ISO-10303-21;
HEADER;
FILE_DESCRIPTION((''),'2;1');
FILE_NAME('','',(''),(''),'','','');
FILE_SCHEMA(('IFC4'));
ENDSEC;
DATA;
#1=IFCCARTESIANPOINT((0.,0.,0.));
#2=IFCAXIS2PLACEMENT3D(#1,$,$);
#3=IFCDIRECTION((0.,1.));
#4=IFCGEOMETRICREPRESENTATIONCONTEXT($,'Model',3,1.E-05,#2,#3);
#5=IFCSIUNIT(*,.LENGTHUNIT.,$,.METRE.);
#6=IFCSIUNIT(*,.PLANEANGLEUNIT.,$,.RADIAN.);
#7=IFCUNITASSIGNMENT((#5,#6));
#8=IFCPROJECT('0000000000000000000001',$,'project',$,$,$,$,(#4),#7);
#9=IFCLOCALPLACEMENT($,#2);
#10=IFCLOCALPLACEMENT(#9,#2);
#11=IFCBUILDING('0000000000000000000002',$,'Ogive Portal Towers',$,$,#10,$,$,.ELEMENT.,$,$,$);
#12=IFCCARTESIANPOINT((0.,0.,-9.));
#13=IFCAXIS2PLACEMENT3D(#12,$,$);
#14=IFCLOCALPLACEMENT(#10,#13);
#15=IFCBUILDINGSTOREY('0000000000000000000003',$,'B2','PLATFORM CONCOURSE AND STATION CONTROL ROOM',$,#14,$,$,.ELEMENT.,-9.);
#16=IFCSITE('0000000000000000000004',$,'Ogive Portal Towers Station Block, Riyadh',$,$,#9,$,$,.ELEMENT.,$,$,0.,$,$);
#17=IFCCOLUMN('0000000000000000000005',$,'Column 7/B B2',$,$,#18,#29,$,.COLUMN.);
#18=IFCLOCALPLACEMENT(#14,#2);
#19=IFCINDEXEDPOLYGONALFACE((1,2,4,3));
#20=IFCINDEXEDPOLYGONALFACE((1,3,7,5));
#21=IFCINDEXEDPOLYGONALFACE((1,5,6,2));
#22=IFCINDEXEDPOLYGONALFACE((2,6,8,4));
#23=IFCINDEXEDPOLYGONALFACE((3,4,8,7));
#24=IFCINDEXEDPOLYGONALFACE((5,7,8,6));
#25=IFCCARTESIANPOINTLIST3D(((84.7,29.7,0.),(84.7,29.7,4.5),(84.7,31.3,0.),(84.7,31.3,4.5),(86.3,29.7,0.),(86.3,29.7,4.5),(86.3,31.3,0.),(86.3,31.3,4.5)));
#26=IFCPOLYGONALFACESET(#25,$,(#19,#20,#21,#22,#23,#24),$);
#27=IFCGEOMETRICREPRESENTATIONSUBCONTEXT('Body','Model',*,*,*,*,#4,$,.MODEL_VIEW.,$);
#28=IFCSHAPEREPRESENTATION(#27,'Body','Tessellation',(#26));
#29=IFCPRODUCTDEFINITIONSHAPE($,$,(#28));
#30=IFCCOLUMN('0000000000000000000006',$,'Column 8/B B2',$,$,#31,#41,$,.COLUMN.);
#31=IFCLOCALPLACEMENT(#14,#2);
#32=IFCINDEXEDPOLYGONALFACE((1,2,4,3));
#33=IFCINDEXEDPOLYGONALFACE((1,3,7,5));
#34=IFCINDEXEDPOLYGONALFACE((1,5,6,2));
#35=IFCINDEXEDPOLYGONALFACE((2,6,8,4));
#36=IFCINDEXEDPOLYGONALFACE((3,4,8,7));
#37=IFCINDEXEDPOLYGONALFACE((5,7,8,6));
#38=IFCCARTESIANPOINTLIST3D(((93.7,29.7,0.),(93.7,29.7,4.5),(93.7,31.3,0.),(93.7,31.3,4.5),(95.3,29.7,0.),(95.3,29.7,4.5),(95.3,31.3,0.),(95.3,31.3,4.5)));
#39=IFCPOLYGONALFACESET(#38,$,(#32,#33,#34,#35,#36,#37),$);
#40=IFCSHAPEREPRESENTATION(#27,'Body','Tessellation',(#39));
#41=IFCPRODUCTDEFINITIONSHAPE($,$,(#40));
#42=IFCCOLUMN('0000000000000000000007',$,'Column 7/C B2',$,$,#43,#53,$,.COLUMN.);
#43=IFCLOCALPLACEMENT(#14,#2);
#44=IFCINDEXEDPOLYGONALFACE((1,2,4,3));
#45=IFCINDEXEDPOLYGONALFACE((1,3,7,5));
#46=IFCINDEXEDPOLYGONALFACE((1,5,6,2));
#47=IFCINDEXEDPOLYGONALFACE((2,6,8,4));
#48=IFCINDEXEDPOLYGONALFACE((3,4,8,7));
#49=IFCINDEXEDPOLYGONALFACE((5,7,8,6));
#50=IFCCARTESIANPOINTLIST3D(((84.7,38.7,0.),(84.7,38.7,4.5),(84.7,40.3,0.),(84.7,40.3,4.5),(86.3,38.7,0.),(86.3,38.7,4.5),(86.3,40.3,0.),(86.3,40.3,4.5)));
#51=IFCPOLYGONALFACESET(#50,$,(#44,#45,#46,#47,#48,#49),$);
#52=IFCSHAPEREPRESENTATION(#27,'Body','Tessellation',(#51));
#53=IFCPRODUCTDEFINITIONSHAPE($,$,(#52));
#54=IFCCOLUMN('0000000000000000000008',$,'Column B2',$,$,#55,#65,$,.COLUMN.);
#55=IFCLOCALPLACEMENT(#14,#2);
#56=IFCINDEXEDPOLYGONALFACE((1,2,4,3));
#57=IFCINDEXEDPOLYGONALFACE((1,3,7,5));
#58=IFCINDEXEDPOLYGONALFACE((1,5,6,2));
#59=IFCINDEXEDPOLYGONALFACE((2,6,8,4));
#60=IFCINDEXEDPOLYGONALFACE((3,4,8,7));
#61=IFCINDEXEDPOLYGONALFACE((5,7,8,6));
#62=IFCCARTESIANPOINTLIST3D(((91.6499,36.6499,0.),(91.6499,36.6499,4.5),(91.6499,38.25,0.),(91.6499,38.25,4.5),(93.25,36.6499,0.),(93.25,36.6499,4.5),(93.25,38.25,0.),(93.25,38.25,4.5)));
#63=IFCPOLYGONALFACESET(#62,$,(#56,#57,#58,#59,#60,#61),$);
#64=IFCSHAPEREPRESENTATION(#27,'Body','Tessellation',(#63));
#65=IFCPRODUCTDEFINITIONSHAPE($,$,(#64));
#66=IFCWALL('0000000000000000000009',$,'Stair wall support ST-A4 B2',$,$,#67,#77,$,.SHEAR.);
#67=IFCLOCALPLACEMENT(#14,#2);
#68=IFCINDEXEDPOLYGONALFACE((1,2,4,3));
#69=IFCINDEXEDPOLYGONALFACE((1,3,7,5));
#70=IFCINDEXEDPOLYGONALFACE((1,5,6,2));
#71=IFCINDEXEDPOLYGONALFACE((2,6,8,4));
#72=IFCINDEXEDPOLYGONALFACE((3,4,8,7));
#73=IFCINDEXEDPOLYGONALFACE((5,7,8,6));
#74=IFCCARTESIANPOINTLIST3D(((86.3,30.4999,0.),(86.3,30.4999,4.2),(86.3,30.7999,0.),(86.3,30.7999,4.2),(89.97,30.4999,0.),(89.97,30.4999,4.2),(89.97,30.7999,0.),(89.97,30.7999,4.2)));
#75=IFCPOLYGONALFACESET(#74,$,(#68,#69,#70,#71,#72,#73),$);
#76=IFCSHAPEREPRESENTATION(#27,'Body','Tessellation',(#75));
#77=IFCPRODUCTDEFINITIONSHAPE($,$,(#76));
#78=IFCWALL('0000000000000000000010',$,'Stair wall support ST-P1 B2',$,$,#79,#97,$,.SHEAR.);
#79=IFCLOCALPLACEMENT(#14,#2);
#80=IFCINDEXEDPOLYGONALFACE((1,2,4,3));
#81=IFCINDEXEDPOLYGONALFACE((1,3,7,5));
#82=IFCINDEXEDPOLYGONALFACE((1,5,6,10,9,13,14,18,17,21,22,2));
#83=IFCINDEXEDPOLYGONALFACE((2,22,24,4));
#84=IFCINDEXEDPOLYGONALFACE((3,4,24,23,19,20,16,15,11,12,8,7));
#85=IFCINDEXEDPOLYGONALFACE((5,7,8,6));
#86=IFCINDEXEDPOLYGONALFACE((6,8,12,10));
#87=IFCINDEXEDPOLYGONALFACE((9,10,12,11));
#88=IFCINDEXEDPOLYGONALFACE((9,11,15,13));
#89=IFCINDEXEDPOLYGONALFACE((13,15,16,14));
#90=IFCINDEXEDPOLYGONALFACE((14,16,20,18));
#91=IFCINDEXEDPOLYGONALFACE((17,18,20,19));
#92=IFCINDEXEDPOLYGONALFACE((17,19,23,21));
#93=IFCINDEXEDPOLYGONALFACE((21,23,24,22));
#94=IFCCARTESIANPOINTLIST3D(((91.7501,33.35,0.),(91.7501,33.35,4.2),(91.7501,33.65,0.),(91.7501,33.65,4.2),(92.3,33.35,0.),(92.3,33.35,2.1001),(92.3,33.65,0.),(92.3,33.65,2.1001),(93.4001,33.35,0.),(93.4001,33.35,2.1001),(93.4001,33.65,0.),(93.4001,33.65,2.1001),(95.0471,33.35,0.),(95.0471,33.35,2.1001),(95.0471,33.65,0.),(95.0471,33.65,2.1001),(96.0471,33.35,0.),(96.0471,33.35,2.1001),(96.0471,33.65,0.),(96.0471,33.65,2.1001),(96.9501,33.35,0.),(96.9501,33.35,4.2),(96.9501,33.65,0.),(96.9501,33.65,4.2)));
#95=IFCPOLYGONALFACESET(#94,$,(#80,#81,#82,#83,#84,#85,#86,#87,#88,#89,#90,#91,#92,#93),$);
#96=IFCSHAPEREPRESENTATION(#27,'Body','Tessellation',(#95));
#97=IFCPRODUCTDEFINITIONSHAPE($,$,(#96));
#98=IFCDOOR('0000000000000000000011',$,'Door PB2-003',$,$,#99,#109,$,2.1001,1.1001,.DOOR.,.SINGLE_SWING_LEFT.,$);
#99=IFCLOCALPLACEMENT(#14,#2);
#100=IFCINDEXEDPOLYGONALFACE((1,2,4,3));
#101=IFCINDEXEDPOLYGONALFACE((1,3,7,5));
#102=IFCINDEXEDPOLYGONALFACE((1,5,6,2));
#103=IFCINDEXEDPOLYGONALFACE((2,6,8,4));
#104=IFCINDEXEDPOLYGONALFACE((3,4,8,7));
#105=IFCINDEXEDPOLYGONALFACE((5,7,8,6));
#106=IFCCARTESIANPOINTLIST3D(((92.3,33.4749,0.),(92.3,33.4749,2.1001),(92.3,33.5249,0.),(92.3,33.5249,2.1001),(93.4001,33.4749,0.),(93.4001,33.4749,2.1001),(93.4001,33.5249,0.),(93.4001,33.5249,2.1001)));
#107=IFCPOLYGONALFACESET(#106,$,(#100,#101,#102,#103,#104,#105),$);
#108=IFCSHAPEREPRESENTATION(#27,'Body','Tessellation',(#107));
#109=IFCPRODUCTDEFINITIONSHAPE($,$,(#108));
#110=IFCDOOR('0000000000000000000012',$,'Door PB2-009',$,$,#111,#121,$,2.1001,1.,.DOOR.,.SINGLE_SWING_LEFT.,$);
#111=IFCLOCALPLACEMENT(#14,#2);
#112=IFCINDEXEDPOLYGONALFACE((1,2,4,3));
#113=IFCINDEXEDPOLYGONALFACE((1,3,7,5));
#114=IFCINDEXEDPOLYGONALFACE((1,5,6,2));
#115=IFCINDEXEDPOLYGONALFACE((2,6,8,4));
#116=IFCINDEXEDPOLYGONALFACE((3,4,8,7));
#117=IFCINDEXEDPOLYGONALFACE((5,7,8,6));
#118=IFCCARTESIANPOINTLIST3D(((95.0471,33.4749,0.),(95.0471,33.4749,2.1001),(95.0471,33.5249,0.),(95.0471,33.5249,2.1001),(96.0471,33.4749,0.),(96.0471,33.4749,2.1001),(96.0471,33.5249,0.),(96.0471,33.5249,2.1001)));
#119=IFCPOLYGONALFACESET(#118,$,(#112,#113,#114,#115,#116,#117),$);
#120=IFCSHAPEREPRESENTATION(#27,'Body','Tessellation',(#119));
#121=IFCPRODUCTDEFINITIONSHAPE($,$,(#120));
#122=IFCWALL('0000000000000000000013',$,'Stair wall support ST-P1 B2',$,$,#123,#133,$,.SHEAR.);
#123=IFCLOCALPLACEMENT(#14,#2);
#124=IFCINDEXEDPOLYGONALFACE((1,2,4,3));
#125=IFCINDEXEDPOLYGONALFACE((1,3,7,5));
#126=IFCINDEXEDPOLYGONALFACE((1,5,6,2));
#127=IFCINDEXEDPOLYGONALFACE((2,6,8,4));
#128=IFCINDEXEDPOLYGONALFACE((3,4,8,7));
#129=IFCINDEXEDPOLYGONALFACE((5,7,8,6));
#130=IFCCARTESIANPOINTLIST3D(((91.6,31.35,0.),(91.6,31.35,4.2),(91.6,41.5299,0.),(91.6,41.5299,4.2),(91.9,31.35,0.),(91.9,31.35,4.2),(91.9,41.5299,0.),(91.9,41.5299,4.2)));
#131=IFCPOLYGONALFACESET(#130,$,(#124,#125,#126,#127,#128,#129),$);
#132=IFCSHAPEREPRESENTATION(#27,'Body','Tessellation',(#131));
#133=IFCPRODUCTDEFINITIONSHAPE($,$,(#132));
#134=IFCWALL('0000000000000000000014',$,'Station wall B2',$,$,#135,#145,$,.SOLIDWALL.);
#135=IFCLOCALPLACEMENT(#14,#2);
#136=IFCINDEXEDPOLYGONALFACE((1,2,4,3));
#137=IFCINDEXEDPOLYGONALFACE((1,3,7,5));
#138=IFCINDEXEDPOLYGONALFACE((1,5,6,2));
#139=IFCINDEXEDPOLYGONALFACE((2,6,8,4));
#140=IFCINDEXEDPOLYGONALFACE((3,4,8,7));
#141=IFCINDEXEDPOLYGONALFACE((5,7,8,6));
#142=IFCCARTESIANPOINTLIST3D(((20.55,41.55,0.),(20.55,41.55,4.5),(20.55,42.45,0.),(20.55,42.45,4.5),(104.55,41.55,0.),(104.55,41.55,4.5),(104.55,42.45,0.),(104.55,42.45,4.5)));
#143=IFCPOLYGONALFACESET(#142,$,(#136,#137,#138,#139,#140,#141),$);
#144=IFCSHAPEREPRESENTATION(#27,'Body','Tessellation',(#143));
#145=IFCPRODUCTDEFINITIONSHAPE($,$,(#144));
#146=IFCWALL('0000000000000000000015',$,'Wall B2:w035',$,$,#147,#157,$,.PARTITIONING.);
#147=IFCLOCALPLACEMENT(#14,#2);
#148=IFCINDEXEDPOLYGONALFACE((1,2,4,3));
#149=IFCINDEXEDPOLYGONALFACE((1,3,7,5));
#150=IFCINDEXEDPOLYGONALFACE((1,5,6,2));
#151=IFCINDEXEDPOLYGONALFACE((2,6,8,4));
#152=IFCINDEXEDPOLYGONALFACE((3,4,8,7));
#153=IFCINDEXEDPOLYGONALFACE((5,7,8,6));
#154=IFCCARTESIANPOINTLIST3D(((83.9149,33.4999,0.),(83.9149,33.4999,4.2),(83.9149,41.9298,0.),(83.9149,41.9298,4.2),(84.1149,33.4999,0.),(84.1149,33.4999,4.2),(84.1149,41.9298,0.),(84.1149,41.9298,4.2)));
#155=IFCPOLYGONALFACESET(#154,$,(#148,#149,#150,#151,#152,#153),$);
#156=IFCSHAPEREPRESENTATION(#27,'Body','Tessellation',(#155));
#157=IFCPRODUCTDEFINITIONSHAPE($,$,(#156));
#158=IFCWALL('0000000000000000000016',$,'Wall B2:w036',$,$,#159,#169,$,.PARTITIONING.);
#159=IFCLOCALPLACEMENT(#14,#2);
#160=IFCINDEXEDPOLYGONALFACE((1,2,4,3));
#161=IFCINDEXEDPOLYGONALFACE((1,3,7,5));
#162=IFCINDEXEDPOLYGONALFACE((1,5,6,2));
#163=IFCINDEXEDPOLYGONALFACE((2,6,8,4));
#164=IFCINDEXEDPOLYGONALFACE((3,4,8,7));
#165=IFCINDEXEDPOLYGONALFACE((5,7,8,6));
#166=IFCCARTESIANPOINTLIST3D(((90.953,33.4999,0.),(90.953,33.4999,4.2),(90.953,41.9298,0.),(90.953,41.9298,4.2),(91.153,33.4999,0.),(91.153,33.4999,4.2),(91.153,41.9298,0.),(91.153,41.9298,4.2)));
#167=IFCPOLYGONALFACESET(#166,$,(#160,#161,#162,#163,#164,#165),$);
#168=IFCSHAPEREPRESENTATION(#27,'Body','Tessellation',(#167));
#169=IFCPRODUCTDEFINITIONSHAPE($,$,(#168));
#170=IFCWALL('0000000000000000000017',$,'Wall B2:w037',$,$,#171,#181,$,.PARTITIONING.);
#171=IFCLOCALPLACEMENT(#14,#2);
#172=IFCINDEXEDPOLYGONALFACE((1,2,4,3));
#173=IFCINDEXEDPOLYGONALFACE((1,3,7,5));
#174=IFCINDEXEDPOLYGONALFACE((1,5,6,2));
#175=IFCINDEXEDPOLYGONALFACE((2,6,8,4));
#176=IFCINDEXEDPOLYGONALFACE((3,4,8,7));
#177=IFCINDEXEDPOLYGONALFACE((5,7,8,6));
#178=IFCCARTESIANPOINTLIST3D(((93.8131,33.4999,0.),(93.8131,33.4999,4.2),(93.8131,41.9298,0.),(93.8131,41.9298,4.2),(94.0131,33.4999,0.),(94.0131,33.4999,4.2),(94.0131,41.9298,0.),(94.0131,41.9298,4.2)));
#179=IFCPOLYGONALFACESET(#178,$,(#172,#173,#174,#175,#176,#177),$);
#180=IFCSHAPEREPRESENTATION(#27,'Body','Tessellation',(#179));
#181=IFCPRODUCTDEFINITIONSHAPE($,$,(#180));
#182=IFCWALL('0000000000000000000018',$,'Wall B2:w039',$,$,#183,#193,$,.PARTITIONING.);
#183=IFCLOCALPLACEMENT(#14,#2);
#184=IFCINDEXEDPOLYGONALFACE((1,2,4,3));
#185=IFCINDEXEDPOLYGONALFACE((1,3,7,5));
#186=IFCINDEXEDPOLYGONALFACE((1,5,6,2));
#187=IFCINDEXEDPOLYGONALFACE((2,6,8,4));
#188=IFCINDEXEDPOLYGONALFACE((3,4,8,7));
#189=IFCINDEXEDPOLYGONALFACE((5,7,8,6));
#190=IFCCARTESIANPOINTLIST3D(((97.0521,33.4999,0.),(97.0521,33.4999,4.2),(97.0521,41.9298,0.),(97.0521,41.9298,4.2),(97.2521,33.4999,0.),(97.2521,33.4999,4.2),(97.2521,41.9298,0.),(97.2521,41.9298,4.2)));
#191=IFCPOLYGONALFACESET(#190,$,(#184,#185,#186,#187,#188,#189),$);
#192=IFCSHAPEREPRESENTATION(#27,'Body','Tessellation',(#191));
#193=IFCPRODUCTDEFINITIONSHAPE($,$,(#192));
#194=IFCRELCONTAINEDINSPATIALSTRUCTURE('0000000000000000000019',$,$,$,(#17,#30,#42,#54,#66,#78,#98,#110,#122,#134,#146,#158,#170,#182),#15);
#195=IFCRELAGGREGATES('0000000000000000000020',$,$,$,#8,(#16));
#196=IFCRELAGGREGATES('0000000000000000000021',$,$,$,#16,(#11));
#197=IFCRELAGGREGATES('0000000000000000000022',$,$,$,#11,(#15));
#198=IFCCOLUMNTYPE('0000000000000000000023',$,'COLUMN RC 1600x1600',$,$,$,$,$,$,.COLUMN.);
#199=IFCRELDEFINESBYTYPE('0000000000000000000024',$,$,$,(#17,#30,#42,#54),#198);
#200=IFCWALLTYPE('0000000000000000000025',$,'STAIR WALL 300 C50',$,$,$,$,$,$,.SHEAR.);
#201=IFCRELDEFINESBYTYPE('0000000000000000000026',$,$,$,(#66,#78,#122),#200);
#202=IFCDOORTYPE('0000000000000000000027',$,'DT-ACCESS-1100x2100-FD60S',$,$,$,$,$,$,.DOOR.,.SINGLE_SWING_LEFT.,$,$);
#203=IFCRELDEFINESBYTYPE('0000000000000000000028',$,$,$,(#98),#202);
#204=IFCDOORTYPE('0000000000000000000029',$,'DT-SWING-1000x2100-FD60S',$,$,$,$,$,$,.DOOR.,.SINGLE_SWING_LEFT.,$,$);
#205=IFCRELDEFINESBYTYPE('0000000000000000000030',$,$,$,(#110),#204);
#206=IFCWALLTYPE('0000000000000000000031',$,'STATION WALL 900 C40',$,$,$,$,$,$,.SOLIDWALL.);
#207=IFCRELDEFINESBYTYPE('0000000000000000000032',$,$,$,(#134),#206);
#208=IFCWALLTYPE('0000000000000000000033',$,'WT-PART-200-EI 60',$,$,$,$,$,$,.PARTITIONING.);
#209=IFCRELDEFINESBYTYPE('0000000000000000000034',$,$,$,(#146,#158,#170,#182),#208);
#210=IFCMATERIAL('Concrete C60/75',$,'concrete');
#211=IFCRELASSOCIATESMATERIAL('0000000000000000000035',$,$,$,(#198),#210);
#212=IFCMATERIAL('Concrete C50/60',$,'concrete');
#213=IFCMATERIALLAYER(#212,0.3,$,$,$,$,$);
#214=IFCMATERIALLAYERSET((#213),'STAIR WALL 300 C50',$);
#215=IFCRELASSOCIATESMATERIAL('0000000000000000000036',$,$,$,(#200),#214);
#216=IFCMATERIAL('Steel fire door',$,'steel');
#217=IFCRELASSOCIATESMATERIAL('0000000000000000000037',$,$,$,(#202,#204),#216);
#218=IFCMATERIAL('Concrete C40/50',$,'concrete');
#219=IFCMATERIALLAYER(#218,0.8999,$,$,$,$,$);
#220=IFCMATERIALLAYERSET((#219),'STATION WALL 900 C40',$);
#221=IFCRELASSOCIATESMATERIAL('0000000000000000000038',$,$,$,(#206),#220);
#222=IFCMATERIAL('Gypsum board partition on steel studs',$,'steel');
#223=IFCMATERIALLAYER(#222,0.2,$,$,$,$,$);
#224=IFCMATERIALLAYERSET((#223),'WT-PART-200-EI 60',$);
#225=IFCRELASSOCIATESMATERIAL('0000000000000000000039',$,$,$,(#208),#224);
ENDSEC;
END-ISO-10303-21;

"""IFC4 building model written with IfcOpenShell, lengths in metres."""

from ifc_helpers import new_model, si_unit, direction, frame, frame_2d, origin, origin_2d, place, context, subcontext, project, spatial, rectangle, extrude, material, layer, layer_set, material_profile, profile_set, type_object, element, fill, save


model = new_model("IFC4")

# Units and contexts
model_context = context("Model", 3, precision=1e-05, world=origin(), true_north=direction((0.0, 1.0)))
body_context = subcontext(model_context, "Body", "Model", "MODEL_VIEW")
ifc_project = project(units=[si_unit("LENGTHUNIT", "METRE"), si_unit("PLANEANGLEUNIT", "RADIAN")], contexts=[model_context])

# Site, building, storey
site_placement = place(None, origin())
site = spatial("IfcSite", under=ifc_project, at=site_placement, Name="Ogive Portal Towers Station Block, Riyadh", CompositionType="ELEMENT", RefElevation=0.0)
building_placement = place(site_placement, origin())
building = spatial("IfcBuilding", under=site, at=building_placement, Name="Ogive Portal Towers", CompositionType="ELEMENT")
storey_placement = place(building_placement, frame((0.0, 0.0, -9.0)))
storey = spatial("IfcBuildingStorey", under=building, at=storey_placement, Name="B2", Description="PLATFORM CONCOURSE AND STATION CONTROL ROOM", CompositionType="ELEMENT", Elevation=-9.0)

# Shared definitions
ifc_material_1 = material(Name="Concrete C40/50", Category="concrete")

# Columns
ifc_material_2 = material(Name="Concrete C50/60", Category="concrete")
ifc_material_3 = material(Name="Concrete C60/75", Category="concrete")
ifc_material_profile_1 = material_profile(ifc_material_3, rectangle(XDim=1.6001, YDim=1.6001, at=origin_2d()), Name="RC 1600x1600")
ifc_profile_set_1 = profile_set([ifc_material_profile_1], Name="Concrete C60/75")
column_type_1 = type_object("IfcColumnType", Name="COLUMN RC 1600x1600", PredefinedType="COLUMN", material=ifc_profile_set_1)
for number, where, z_axis, x_axis, name in (
    (1, (85.5, 30.5, 0.0), (0.0, 0.0, 1.0), (1.0, 0.0, 0.0), "Column 7/B B2"),
    (2, (94.5, 30.5, 0.0), (0.0, 0.0, 1.0), (1.0, 0.0, 0.0), "Column 8/B B2"),
    (3, (85.5, 39.5, 0.0), (0.0, 0.0, 1.0), (1.0, 0.0, 0.0), "Column 7/C B2"),
    (4, (92.45, 37.45, 0.0), (0.0, 0.0, 1.0), (1.0, 0.0, 0.0), "Column B2"),
):
    element("IfcColumn", number, at=place(storey_placement, frame(where, z_axis=z_axis, x_axis=x_axis)), inside=storey, type_object=column_type_1, Name=name, PredefinedType="COLUMN", context=body_context, shape_type="SweptSolid", body=[
        extrude(rectangle(XDim=1.6001, YDim=1.6001, at=origin_2d()), origin(), (0.0, 0.0, 1.0), 4.5),
    ])

# Wall
ifc_layer_1 = layer(ifc_material_2, 0.3)
ifc_layer_set_1 = layer_set([ifc_layer_1], Name="STAIR WALL 300 C50")
wall_type_1 = type_object("IfcWallType", Name="STAIR WALL 300 C50", PredefinedType="SHEAR", material=ifc_layer_set_1)
wall_1_placement = place(storey_placement, frame((86.3, 30.6499, 0.0), z_axis=(0.0, 0.0, 1.0), x_axis=(1.0, 0.0, 0.0)))
element("IfcWall", 5, at=wall_1_placement, inside=storey, type_object=wall_type_1, Name="Stair wall support ST-A4 B2", PredefinedType="SHEAR", context=body_context, shape_type="SweptSolid", body=[
    extrude(rectangle(XDim=3.6699, YDim=0.3, at=frame_2d((1.835, 0.0))), origin(), (0.0, 0.0, 1.0), 4.2),
])

# Wall, openings, doors
wall_2_placement = place(storey_placement, frame((91.75, 33.5, 0.0), z_axis=(0.0, 0.0, 1.0), x_axis=(1.0, 0.0, 0.0)))
wall_2 = element("IfcWall", 6, at=wall_2_placement, inside=storey, type_object=wall_type_1, Name="Stair wall support ST-P1 B2", PredefinedType="SHEAR", context=body_context, shape_type="SweptSolid", body=[
    extrude(rectangle(XDim=5.2, YDim=0.3, at=frame_2d((2.6001, 0.0))), origin(), (0.0, 0.0, 1.0), 4.2),
])
opening_1_placement = place(wall_2_placement, frame((0.55, 0.0, 0.0)))
opening_1 = element("IfcOpeningElement", 7, at=opening_1_placement, cuts=wall_2, PredefinedType="OPENING", context=body_context, shape_type="SweptSolid", body=[
    extrude(rectangle(XDim=1.1001, YDim=2.1001, at=frame_2d((0.55, 1.05))), frame((0.0, 0.1602, 0.0), z_axis=(0.0, -1.0, 0.0), x_axis=(1.0, 0.0, 0.0)), (0.0, 0.0, 1.0), 0.3201),
])
opening_2_placement = place(wall_2_placement, frame((3.2971, 0.0, 0.0)))
opening_2 = element("IfcOpeningElement", 8, at=opening_2_placement, cuts=wall_2, PredefinedType="OPENING", context=body_context, shape_type="SweptSolid", body=[
    extrude(rectangle(XDim=1.0, YDim=2.1001, at=frame_2d((0.5, 1.05))), frame((0.0, 0.1602, 0.0), z_axis=(0.0, -1.0, 0.0), x_axis=(1.0, 0.0, 0.0)), (0.0, 0.0, 1.0), 0.3201),
])
ifc_material_4 = material(Name="Steel fire door", Category="steel")
door_type_1 = type_object("IfcDoorType", Name="DT-ACCESS-1100x2100-FD60S", OperationType="SINGLE_SWING_LEFT", PredefinedType="DOOR", material=ifc_material_4)
door_1_placement = place(opening_1_placement, origin())
door_1 = element("IfcDoor", 9, at=door_1_placement, inside=storey, type_object=door_type_1, Name="Door PB2-003", OperationType="SINGLE_SWING_LEFT", OverallHeight=2.1001, OverallWidth=1.1001, PredefinedType="DOOR", context=body_context, shape_type="SweptSolid", body=[
    extrude(rectangle(XDim=1.1001, YDim=2.1001, at=frame_2d((0.55, 1.05))), frame((0.0, 0.0249, 0.0), z_axis=(0.0, -1.0, 0.0), x_axis=(1.0, 0.0, 0.0)), (0.0, 0.0, 1.0), 0.05),
])
fill(opening_1, door_1)
door_type_2 = type_object("IfcDoorType", Name="DT-SWING-1000x2100-FD60S", OperationType="SINGLE_SWING_LEFT", PredefinedType="DOOR", material=ifc_material_4)
door_2_placement = place(opening_2_placement, origin())
door_2 = element("IfcDoor", 10, at=door_2_placement, inside=storey, type_object=door_type_2, Name="Door PB2-009", OperationType="SINGLE_SWING_LEFT", OverallHeight=2.1001, OverallWidth=1.0, PredefinedType="DOOR", context=body_context, shape_type="SweptSolid", body=[
    extrude(rectangle(XDim=1.0, YDim=2.1001, at=frame_2d((0.5, 1.05))), frame((0.0, 0.0249, 0.0), z_axis=(0.0, -1.0, 0.0), x_axis=(1.0, 0.0, 0.0)), (0.0, 0.0, 1.0), 0.05),
])
fill(opening_2, door_2)

# Walls
wall_3_placement = place(storey_placement, frame((91.75, 31.3501, 0.0), z_axis=(0.0, 0.0, 1.0), x_axis=(0.0, 1.0, 0.0)))
element("IfcWall", 11, at=wall_3_placement, inside=storey, type_object=wall_type_1, Name="Stair wall support ST-P1 B2", PredefinedType="SHEAR", context=body_context, shape_type="SweptSolid", body=[
    extrude(rectangle(XDim=10.1799, YDim=0.3, at=frame_2d((5.0898, 0.0))), origin(), (0.0, 0.0, 1.0), 4.2),
])
ifc_layer_2 = layer(ifc_material_1, 0.8999)
ifc_layer_set_2 = layer_set([ifc_layer_2], Name="STATION WALL 900 C40")
wall_type_2 = type_object("IfcWallType", Name="STATION WALL 900 C40", PredefinedType="SOLIDWALL", material=ifc_layer_set_2)
wall_4_placement = place(storey_placement, frame((104.55, 42.0, 0.0), z_axis=(0.0, 0.0, 1.0), x_axis=(-1.0, 0.0, 0.0)))
element("IfcWall", 12, at=wall_4_placement, inside=storey, type_object=wall_type_2, Name="Station wall B2", PredefinedType="SOLIDWALL", context=body_context, shape_type="SweptSolid", body=[
    extrude(rectangle(XDim=84.0, YDim=0.8999, at=frame_2d((42.0, 0.0))), origin(), (0.0, 0.0, 1.0), 4.5),
])
ifc_material_5 = material(Name="Gypsum board partition on steel studs", Category="steel")
ifc_layer_3 = layer(ifc_material_5, 0.2)
ifc_layer_set_3 = layer_set([ifc_layer_3], Name="WT-PART-200-EI 60")
wall_type_3 = type_object("IfcWallType", Name="WT-PART-200-EI 60", PredefinedType="PARTITIONING", material=ifc_layer_set_3)
for number, where, z_axis, x_axis, name in (
    (13, (84.0149, 33.5, 0.0), (0.0, 0.0, 1.0), (0.0, 1.0, 0.0), "Wall B2:w035"),
    (14, (91.053, 33.5, 0.0), (0.0, 0.0, 1.0), (0.0, 1.0, 0.0), "Wall B2:w036"),
    (15, (93.9131, 33.5, 0.0), (0.0, 0.0, 1.0), (0.0, 1.0, 0.0), "Wall B2:w037"),
    (16, (97.1521, 33.5, 0.0), (0.0, 0.0, 1.0), (0.0, 1.0, 0.0), "Wall B2:w039"),
):
    element("IfcWall", number, at=place(storey_placement, frame(where, z_axis=z_axis, x_axis=x_axis)), inside=storey, type_object=wall_type_3, Name=name, PredefinedType="PARTITIONING", context=body_context, shape_type="SweptSolid", body=[
        extrude(rectangle(XDim=8.4299, YDim=0.2, at=frame_2d((4.2148, 0.0))), origin(), (0.0, 0.0, 1.0), 4.2),
    ])

save(model, "model.ifc")
